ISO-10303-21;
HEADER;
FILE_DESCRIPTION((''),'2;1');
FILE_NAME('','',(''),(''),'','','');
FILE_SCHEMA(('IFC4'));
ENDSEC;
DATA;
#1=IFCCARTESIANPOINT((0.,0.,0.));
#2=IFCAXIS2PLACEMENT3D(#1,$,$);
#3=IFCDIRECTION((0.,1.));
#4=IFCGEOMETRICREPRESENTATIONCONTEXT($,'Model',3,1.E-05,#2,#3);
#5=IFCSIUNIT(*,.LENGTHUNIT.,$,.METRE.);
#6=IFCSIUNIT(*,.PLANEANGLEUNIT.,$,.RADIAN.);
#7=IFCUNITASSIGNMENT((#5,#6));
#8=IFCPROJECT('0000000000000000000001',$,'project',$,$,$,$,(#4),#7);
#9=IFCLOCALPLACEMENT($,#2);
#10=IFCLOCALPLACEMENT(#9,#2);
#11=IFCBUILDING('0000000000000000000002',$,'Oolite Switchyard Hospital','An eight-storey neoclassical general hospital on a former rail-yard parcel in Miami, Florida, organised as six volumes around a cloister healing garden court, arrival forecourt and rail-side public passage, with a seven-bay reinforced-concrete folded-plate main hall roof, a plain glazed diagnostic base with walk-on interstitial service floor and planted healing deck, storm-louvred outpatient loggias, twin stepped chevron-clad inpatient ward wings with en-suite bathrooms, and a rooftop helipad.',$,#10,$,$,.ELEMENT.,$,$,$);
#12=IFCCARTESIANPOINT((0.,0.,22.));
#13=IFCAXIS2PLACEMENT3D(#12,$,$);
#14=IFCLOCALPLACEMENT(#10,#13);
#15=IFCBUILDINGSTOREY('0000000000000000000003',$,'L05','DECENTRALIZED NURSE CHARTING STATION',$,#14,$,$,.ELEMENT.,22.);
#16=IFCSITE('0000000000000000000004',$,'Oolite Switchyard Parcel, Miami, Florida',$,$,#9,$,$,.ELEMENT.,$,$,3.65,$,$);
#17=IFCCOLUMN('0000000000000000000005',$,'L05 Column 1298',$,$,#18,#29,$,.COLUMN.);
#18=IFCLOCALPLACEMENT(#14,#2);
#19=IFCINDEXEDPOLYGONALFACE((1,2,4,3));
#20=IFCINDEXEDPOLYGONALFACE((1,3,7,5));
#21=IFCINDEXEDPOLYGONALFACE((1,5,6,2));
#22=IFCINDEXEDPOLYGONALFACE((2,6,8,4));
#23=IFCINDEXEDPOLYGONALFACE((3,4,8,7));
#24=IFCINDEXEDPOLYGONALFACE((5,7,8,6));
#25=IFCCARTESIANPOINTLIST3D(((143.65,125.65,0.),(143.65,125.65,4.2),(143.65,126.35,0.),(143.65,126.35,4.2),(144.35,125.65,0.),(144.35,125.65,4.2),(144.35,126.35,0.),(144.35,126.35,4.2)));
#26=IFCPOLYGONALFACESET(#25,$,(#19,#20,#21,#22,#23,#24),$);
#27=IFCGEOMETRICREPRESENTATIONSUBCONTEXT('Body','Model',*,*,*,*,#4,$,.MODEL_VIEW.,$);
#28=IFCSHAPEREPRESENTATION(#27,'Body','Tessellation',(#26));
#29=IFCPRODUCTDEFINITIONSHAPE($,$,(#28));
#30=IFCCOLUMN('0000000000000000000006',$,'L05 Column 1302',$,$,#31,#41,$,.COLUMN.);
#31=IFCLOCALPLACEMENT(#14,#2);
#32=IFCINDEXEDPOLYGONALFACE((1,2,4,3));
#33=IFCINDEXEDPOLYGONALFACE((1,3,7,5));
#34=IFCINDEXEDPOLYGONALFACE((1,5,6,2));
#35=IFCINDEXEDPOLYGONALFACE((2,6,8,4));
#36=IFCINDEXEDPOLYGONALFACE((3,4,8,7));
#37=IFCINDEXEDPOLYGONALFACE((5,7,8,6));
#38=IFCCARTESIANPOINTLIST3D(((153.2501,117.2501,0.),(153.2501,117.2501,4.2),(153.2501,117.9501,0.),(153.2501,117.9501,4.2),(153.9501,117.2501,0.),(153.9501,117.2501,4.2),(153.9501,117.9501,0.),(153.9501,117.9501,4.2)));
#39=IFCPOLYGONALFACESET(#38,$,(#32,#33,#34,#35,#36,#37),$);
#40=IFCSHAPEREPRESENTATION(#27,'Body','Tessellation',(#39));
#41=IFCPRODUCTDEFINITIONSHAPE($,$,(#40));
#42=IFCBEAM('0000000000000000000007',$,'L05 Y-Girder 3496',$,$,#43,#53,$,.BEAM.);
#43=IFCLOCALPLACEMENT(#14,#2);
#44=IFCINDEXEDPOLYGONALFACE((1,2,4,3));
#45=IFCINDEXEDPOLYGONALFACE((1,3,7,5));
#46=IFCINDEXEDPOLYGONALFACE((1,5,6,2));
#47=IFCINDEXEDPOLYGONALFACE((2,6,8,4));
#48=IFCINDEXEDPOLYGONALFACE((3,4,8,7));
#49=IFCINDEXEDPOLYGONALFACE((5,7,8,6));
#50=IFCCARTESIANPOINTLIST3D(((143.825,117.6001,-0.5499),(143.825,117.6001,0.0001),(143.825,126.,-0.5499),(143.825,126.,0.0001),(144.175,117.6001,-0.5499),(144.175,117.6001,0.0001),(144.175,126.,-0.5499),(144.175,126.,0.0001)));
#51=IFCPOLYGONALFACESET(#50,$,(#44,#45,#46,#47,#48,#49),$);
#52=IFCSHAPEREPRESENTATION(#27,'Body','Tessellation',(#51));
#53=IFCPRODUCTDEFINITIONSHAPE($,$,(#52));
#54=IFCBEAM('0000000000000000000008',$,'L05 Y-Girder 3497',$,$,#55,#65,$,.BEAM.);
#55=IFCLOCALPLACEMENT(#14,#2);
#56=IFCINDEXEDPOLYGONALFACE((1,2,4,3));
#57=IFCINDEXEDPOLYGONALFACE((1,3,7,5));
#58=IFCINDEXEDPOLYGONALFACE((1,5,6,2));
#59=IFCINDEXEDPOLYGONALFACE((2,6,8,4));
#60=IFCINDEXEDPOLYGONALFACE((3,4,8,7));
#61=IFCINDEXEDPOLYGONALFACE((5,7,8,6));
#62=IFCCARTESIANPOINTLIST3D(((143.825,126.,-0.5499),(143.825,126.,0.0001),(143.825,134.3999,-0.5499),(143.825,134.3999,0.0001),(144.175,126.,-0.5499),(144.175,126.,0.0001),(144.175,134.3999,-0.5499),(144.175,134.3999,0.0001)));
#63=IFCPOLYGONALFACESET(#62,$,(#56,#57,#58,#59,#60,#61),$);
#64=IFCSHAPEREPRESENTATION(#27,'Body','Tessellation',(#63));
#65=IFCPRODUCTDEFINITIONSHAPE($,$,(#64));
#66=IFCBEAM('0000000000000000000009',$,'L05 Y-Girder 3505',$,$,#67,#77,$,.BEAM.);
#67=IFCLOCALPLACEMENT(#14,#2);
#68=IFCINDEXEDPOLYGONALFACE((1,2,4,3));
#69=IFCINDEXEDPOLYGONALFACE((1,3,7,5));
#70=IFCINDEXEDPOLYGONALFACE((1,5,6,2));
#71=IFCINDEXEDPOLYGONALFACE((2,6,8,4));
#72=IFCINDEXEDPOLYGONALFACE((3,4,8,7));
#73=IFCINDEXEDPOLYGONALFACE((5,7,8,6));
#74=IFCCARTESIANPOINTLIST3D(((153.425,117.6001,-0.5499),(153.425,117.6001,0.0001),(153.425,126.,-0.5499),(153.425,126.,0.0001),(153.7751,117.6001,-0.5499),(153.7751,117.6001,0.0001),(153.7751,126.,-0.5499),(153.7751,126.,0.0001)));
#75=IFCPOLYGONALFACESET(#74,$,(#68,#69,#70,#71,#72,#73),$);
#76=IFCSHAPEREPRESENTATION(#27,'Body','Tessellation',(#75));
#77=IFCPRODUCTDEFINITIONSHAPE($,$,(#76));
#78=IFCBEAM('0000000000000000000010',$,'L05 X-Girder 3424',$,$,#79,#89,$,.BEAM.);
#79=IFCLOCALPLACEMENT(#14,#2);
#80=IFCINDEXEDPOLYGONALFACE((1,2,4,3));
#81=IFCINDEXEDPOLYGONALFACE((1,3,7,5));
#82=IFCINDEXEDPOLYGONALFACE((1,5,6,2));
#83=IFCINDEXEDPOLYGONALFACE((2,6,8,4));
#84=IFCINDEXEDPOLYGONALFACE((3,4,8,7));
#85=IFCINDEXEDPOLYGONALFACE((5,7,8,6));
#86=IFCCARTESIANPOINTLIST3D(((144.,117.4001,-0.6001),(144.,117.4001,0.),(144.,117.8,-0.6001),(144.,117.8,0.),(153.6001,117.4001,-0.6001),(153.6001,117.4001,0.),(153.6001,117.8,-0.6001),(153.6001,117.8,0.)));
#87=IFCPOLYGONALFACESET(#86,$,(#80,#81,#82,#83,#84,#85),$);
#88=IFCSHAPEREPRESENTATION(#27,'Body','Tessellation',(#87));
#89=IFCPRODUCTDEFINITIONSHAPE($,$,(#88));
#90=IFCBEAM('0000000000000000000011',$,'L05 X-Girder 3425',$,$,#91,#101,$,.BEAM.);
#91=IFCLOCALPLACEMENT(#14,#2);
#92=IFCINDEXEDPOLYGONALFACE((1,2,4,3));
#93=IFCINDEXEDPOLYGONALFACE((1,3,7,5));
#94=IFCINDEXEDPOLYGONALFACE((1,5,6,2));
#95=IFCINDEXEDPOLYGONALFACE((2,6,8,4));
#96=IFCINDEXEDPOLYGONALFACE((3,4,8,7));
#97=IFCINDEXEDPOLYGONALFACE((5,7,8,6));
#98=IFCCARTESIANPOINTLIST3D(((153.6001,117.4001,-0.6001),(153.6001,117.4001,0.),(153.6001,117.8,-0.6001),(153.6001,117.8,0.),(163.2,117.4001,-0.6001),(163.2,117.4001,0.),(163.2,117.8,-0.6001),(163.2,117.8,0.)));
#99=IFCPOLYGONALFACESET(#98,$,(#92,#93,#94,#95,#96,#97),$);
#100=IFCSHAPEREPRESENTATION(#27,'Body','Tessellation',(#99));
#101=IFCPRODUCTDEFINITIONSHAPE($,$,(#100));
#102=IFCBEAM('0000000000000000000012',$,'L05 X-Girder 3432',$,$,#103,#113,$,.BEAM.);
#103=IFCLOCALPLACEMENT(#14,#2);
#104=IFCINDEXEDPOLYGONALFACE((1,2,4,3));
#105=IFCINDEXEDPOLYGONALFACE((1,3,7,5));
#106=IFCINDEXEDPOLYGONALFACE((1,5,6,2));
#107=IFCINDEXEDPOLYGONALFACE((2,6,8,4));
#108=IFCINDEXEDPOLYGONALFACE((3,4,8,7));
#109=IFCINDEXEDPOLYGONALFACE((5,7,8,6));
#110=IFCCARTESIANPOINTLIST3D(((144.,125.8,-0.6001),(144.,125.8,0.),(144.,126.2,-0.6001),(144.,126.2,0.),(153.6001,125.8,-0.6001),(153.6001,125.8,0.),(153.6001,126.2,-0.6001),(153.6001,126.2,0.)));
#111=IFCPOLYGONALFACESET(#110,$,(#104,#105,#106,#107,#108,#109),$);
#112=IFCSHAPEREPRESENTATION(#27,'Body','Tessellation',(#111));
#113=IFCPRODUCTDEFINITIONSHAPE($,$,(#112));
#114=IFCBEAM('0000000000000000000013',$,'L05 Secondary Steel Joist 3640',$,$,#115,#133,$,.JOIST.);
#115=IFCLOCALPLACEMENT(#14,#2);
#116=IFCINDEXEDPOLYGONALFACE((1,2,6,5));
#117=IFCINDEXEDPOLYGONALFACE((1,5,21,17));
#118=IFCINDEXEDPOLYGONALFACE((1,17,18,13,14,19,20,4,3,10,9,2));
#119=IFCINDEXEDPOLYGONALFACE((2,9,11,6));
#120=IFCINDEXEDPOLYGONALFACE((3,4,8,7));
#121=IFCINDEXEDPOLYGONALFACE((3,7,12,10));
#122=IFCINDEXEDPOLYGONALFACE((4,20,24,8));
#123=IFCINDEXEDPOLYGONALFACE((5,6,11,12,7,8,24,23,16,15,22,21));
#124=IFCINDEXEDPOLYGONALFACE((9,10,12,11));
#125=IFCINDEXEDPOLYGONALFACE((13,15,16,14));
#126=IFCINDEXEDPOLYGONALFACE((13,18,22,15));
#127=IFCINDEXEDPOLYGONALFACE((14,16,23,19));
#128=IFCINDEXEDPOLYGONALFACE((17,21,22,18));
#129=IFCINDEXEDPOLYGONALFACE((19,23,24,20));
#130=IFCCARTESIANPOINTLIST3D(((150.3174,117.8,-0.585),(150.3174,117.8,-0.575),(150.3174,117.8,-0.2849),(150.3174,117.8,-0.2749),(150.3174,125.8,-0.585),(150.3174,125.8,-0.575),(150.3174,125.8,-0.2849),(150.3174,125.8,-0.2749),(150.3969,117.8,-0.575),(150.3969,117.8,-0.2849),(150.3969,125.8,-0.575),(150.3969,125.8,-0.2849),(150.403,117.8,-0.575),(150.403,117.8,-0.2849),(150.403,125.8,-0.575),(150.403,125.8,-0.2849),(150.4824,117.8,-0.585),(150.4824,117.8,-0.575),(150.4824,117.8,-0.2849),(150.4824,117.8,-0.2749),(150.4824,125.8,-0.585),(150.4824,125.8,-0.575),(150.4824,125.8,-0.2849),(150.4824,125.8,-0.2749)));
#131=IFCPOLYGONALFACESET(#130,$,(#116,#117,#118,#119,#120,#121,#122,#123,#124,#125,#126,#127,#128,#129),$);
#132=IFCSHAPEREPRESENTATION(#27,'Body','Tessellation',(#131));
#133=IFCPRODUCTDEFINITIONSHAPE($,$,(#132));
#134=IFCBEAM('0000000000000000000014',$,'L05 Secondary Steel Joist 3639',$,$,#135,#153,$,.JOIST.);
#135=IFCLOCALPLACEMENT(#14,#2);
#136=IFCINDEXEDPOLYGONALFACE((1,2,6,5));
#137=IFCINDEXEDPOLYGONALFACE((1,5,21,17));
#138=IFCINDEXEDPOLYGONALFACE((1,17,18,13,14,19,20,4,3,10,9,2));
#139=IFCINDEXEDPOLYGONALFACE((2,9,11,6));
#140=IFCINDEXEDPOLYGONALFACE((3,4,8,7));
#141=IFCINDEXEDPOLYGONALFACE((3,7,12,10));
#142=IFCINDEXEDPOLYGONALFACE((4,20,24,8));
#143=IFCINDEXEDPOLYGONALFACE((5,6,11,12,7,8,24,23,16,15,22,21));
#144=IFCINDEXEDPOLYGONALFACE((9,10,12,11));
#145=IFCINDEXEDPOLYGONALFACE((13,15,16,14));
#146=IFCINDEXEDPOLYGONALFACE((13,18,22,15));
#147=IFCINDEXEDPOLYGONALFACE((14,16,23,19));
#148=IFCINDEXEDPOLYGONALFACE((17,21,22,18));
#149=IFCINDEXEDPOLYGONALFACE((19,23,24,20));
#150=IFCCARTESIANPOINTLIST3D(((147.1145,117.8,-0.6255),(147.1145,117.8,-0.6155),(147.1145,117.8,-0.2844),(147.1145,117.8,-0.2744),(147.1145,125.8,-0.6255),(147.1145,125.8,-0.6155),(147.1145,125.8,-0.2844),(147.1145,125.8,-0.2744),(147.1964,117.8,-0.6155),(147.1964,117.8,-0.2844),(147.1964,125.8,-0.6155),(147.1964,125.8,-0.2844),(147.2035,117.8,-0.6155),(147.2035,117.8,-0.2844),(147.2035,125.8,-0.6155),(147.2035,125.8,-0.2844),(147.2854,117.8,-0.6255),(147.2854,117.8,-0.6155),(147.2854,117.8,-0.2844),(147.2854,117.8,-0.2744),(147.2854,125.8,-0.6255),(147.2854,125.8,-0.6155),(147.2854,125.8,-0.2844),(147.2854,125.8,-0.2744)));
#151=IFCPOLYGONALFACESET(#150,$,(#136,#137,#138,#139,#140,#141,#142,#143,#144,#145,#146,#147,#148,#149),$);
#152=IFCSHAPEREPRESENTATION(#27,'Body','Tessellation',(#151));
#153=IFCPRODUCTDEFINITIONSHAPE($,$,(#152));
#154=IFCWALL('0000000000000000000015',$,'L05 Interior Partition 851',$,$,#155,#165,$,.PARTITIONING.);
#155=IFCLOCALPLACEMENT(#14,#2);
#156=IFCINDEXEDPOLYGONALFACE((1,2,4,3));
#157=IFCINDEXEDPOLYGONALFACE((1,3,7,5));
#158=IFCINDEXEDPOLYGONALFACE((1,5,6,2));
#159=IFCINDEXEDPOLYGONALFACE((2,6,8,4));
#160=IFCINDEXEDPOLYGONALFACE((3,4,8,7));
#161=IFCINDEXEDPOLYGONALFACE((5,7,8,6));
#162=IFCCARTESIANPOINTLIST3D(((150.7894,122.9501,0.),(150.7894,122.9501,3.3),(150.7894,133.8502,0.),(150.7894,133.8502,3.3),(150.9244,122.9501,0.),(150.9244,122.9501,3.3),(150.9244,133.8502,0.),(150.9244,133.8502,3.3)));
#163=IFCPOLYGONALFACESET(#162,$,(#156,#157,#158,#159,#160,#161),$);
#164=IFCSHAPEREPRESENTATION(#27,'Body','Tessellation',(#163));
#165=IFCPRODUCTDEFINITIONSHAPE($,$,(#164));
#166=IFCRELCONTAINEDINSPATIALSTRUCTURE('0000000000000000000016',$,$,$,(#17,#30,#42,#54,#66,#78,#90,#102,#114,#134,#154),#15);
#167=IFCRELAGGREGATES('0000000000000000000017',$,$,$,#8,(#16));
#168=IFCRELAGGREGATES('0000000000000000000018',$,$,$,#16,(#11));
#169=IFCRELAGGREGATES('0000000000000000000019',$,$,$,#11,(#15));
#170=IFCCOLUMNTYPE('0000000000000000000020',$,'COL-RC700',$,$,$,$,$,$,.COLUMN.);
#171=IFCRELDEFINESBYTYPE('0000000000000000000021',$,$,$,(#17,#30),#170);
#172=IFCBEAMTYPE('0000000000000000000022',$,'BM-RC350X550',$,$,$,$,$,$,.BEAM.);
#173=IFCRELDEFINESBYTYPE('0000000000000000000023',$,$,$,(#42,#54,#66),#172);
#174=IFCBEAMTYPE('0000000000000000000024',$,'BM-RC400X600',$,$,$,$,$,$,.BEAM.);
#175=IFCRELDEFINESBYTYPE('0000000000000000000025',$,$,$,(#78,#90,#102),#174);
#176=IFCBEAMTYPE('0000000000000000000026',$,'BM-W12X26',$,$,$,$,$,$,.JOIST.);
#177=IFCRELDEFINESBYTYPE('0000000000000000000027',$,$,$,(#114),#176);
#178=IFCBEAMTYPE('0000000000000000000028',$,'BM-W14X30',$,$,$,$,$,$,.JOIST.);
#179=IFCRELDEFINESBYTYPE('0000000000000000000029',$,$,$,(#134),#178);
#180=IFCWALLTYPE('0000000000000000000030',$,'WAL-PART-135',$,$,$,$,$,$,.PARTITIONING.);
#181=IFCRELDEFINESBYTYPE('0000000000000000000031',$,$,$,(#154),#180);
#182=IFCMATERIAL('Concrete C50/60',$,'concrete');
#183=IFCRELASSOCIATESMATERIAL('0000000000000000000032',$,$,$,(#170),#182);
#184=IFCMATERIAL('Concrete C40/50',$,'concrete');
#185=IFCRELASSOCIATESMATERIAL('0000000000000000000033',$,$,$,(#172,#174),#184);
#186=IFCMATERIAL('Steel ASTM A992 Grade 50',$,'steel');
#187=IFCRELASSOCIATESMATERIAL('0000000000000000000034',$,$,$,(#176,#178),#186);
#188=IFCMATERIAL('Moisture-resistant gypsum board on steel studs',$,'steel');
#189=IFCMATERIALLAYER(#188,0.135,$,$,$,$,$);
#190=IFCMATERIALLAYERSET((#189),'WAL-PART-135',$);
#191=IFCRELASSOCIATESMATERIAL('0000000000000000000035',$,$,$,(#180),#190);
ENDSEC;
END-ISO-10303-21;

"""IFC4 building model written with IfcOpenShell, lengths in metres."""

from ifc_helpers import new_model, si_unit, direction, frame, frame_2d, origin, origin_2d, place, context, subcontext, project, spatial, rectangle, i_section, extrude, material, layer, layer_set, material_profile, profile_set, type_object, element, save


model = new_model("IFC4")

# Units and contexts
model_context = context("Model", 3, precision=1e-05, world=origin(), true_north=direction((0.0, 1.0)))
body_context = subcontext(model_context, "Body", "Model", "MODEL_VIEW")
ifc_project = project(units=[si_unit("LENGTHUNIT", "METRE"), si_unit("PLANEANGLEUNIT", "RADIAN")], contexts=[model_context])

# Site, building, storey
site_placement = place(None, origin())
site = spatial("IfcSite", under=ifc_project, at=site_placement, Name="Oolite Switchyard Parcel, Miami, Florida", CompositionType="ELEMENT", RefElevation=3.65)
building_placement = place(site_placement, origin())
building = spatial("IfcBuilding", under=site, at=building_placement, Name="Oolite Switchyard Hospital", Description="An eight-storey neoclassical general hospital on a former rail-yard parcel in Miami, Florida, organised as six volumes around a cloister healing garden court, arrival forecourt and rail-side public passage, with a seven-bay reinforced-concrete folded-plate main hall roof, a plain glazed diagnostic base with walk-on interstitial service floor and planted healing deck, storm-louvred outpatient loggias, twin stepped chevron-clad inpatient ward wings with en-suite bathrooms, and a rooftop helipad.", CompositionType="ELEMENT")
storey_placement = place(building_placement, frame((0.0, 0.0, 22.0)))
storey = spatial("IfcBuildingStorey", under=building, at=storey_placement, Name="L05", Description="DECENTRALIZED NURSE CHARTING STATION", CompositionType="ELEMENT", Elevation=22.0)

# Columns
ifc_material_1 = material(Name="Concrete C50/60", Category="concrete")
ifc_material_profile_1 = material_profile(ifc_material_1, rectangle(XDim=0.7, YDim=0.7, at=origin_2d()), Name="RC700X700")
ifc_profile_set_1 = profile_set([ifc_material_profile_1], Name="Concrete C50/60")
column_type = type_object("IfcColumnType", Name="COL-RC700", PredefinedType="COLUMN", material=ifc_profile_set_1)
for number, where, z_axis, x_axis, name in (
    (1, (144.0, 126.0, 0.0), (0.0, 0.0, 1.0), (1.0, 0.0, 0.0), "L05 Column 1298"),
    (2, (153.6001, 117.6001, 0.0), (0.0, 0.0, 1.0), (1.0, 0.0, 0.0), "L05 Column 1302"),
):
    element("IfcColumn", number, at=place(storey_placement, frame(where, z_axis=z_axis, x_axis=x_axis)), inside=storey, type_object=column_type, Name=name, PredefinedType="COLUMN", context=body_context, shape_type="SweptSolid", body=[
        extrude(rectangle(XDim=0.7, YDim=0.7, at=origin_2d()), origin(), (0.0, 0.0, 1.0), 4.2),
    ])

# Beams
ifc_material_2 = material(Name="Concrete C40/50", Category="concrete")
ifc_material_profile_2 = material_profile(ifc_material_2, rectangle(XDim=0.3501, YDim=0.55, at=origin_2d()), Name="RCB350X550")
ifc_profile_set_2 = profile_set([ifc_material_profile_2], Name="Concrete C40/50")
beam_type_1 = type_object("IfcBeamType", Name="BM-RC350X550", PredefinedType="BEAM", material=ifc_profile_set_2)
for number, where, z_axis, x_axis, name in (
    (3, (144.0, 117.6001, -0.2749), (0.0, 1.0, 0.0), (-1.0, 0.0, 0.0), "L05 Y-Girder 3496"),
    (4, (144.0, 126.0, -0.2749), (0.0, 1.0, 0.0), (-1.0, 0.0, 0.0), "L05 Y-Girder 3497"),
    (5, (153.6001, 117.6001, -0.2749), (0.0, 1.0, 0.0), (-1.0, 0.0, 0.0), "L05 Y-Girder 3505"),
):
    element("IfcBeam", number, at=place(storey_placement, frame(where, z_axis=z_axis, x_axis=x_axis)), inside=storey, type_object=beam_type_1, Name=name, PredefinedType="BEAM", context=body_context, shape_type="SweptSolid", body=[
        extrude(rectangle(XDim=0.3501, YDim=0.55, at=origin_2d()), origin(), (0.0, 0.0, 1.0), 8.3999),
    ])
ifc_material_profile_3 = material_profile(ifc_material_2, rectangle(XDim=0.3999, YDim=0.6001, at=origin_2d()), Name="RCB400X600")
ifc_profile_set_3 = profile_set([ifc_material_profile_3], Name="Concrete C40/50")
beam_type_2 = type_object("IfcBeamType", Name="BM-RC400X600", PredefinedType="BEAM", material=ifc_profile_set_3)
beam_1_placement = place(storey_placement, frame((144.0, 117.6001, -0.3), z_axis=(1.0, 0.0, 0.0), x_axis=(0.0, 1.0, 0.0)))
element("IfcBeam", 6, at=beam_1_placement, inside=storey, type_object=beam_type_2, Name="L05 X-Girder 3424", PredefinedType="BEAM", context=body_context, shape_type="SweptSolid", body=[
    extrude(rectangle(XDim=0.3999, YDim=0.6001, at=origin_2d()), origin(), (0.0, 0.0, 1.0), 9.6001),
])
beam_2_placement = place(storey_placement, frame((153.6001, 117.6001, -0.3), z_axis=(1.0, 0.0, 0.0), x_axis=(0.0, 1.0, 0.0)))
element("IfcBeam", 7, at=beam_2_placement, inside=storey, type_object=beam_type_2, Name="L05 X-Girder 3425", PredefinedType="BEAM", context=body_context, shape_type="SweptSolid", body=[
    extrude(rectangle(XDim=0.3999, YDim=0.6001, at=origin_2d()), origin(), (0.0, 0.0, 1.0), 9.5999),
])
beam_3_placement = place(storey_placement, frame((144.0, 126.0, -0.3), z_axis=(1.0, 0.0, 0.0), x_axis=(0.0, 1.0, 0.0)))
element("IfcBeam", 8, at=beam_3_placement, inside=storey, type_object=beam_type_2, Name="L05 X-Girder 3432", PredefinedType="BEAM", context=body_context, shape_type="SweptSolid", body=[
    extrude(rectangle(XDim=0.3999, YDim=0.6001, at=origin_2d()), origin(), (0.0, 0.0, 1.0), 9.6001),
])
ifc_material_3 = material(Name="Steel ASTM A992 Grade 50", Category="steel")
ifc_material_profile_4 = material_profile(ifc_material_3, i_section(OverallWidth=0.165, OverallDepth=0.3101, WebThickness=0.0061, FlangeThickness=0.01, at=origin_2d()), Name="W12X26")
ifc_profile_set_4 = profile_set([ifc_material_profile_4], Name="Steel ASTM A992 Grade 50")
beam_type_3 = type_object("IfcBeamType", Name="BM-W12X26", PredefinedType="JOIST", material=ifc_profile_set_4)
beam_4_placement = place(storey_placement, frame((150.3999, 117.8, -0.4299), z_axis=(0.0, 1.0, 0.0), x_axis=(-1.0, 0.0, 0.0)))
element("IfcBeam", 9, at=beam_4_placement, inside=storey, type_object=beam_type_3, Name="L05 Secondary Steel Joist 3640", PredefinedType="JOIST", context=body_context, shape_type="SweptSolid", body=[
    extrude(i_section(OverallWidth=0.165, OverallDepth=0.3101, WebThickness=0.0061, FlangeThickness=0.01, at=origin_2d()), origin(), (0.0, 0.0, 1.0), 8.0),
])
ifc_material_profile_5 = material_profile(ifc_material_3, i_section(OverallWidth=0.1709, OverallDepth=0.3511, WebThickness=0.0071, FlangeThickness=0.01, at=origin_2d()), Name="W14X30")
ifc_profile_set_5 = profile_set([ifc_material_profile_5], Name="Steel ASTM A992 Grade 50")
beam_type_4 = type_object("IfcBeamType", Name="BM-W14X30", PredefinedType="JOIST", material=ifc_profile_set_5)
beam_5_placement = place(storey_placement, frame((147.2, 117.8, -0.45), z_axis=(0.0, 1.0, 0.0), x_axis=(-1.0, 0.0, 0.0)))
element("IfcBeam", 10, at=beam_5_placement, inside=storey, type_object=beam_type_4, Name="L05 Secondary Steel Joist 3639", PredefinedType="JOIST", context=body_context, shape_type="SweptSolid", body=[
    extrude(i_section(OverallWidth=0.1709, OverallDepth=0.3511, WebThickness=0.0071, FlangeThickness=0.01, at=origin_2d()), origin(), (0.0, 0.0, 1.0), 8.0),
])

# Wall
ifc_material_4 = material(Name="Moisture-resistant gypsum board on steel studs", Category="steel")
ifc_layer_1 = layer(ifc_material_4, 0.135)
ifc_layer_set_1 = layer_set([ifc_layer_1], Name="WAL-PART-135")
wall_type_1 = type_object("IfcWallType", Name="WAL-PART-135", PredefinedType="PARTITIONING", material=ifc_layer_set_1)
wall_1_placement = place(storey_placement, frame((150.8569, 122.95, 0.0), z_axis=(0.0, 0.0, 1.0), x_axis=(0.0, 1.0, 0.0)))
element("IfcWall", 11, at=wall_1_placement, inside=storey, type_object=wall_type_1, Name="L05 Interior Partition 851", PredefinedType="PARTITIONING", context=body_context, shape_type="SweptSolid", body=[
    extrude(rectangle(XDim=10.9001, YDim=0.135, at=frame_2d((5.4502, 0.0))), origin(), (0.0, 0.0, 1.0), 3.3),
])

save(model, "model.ifc")
